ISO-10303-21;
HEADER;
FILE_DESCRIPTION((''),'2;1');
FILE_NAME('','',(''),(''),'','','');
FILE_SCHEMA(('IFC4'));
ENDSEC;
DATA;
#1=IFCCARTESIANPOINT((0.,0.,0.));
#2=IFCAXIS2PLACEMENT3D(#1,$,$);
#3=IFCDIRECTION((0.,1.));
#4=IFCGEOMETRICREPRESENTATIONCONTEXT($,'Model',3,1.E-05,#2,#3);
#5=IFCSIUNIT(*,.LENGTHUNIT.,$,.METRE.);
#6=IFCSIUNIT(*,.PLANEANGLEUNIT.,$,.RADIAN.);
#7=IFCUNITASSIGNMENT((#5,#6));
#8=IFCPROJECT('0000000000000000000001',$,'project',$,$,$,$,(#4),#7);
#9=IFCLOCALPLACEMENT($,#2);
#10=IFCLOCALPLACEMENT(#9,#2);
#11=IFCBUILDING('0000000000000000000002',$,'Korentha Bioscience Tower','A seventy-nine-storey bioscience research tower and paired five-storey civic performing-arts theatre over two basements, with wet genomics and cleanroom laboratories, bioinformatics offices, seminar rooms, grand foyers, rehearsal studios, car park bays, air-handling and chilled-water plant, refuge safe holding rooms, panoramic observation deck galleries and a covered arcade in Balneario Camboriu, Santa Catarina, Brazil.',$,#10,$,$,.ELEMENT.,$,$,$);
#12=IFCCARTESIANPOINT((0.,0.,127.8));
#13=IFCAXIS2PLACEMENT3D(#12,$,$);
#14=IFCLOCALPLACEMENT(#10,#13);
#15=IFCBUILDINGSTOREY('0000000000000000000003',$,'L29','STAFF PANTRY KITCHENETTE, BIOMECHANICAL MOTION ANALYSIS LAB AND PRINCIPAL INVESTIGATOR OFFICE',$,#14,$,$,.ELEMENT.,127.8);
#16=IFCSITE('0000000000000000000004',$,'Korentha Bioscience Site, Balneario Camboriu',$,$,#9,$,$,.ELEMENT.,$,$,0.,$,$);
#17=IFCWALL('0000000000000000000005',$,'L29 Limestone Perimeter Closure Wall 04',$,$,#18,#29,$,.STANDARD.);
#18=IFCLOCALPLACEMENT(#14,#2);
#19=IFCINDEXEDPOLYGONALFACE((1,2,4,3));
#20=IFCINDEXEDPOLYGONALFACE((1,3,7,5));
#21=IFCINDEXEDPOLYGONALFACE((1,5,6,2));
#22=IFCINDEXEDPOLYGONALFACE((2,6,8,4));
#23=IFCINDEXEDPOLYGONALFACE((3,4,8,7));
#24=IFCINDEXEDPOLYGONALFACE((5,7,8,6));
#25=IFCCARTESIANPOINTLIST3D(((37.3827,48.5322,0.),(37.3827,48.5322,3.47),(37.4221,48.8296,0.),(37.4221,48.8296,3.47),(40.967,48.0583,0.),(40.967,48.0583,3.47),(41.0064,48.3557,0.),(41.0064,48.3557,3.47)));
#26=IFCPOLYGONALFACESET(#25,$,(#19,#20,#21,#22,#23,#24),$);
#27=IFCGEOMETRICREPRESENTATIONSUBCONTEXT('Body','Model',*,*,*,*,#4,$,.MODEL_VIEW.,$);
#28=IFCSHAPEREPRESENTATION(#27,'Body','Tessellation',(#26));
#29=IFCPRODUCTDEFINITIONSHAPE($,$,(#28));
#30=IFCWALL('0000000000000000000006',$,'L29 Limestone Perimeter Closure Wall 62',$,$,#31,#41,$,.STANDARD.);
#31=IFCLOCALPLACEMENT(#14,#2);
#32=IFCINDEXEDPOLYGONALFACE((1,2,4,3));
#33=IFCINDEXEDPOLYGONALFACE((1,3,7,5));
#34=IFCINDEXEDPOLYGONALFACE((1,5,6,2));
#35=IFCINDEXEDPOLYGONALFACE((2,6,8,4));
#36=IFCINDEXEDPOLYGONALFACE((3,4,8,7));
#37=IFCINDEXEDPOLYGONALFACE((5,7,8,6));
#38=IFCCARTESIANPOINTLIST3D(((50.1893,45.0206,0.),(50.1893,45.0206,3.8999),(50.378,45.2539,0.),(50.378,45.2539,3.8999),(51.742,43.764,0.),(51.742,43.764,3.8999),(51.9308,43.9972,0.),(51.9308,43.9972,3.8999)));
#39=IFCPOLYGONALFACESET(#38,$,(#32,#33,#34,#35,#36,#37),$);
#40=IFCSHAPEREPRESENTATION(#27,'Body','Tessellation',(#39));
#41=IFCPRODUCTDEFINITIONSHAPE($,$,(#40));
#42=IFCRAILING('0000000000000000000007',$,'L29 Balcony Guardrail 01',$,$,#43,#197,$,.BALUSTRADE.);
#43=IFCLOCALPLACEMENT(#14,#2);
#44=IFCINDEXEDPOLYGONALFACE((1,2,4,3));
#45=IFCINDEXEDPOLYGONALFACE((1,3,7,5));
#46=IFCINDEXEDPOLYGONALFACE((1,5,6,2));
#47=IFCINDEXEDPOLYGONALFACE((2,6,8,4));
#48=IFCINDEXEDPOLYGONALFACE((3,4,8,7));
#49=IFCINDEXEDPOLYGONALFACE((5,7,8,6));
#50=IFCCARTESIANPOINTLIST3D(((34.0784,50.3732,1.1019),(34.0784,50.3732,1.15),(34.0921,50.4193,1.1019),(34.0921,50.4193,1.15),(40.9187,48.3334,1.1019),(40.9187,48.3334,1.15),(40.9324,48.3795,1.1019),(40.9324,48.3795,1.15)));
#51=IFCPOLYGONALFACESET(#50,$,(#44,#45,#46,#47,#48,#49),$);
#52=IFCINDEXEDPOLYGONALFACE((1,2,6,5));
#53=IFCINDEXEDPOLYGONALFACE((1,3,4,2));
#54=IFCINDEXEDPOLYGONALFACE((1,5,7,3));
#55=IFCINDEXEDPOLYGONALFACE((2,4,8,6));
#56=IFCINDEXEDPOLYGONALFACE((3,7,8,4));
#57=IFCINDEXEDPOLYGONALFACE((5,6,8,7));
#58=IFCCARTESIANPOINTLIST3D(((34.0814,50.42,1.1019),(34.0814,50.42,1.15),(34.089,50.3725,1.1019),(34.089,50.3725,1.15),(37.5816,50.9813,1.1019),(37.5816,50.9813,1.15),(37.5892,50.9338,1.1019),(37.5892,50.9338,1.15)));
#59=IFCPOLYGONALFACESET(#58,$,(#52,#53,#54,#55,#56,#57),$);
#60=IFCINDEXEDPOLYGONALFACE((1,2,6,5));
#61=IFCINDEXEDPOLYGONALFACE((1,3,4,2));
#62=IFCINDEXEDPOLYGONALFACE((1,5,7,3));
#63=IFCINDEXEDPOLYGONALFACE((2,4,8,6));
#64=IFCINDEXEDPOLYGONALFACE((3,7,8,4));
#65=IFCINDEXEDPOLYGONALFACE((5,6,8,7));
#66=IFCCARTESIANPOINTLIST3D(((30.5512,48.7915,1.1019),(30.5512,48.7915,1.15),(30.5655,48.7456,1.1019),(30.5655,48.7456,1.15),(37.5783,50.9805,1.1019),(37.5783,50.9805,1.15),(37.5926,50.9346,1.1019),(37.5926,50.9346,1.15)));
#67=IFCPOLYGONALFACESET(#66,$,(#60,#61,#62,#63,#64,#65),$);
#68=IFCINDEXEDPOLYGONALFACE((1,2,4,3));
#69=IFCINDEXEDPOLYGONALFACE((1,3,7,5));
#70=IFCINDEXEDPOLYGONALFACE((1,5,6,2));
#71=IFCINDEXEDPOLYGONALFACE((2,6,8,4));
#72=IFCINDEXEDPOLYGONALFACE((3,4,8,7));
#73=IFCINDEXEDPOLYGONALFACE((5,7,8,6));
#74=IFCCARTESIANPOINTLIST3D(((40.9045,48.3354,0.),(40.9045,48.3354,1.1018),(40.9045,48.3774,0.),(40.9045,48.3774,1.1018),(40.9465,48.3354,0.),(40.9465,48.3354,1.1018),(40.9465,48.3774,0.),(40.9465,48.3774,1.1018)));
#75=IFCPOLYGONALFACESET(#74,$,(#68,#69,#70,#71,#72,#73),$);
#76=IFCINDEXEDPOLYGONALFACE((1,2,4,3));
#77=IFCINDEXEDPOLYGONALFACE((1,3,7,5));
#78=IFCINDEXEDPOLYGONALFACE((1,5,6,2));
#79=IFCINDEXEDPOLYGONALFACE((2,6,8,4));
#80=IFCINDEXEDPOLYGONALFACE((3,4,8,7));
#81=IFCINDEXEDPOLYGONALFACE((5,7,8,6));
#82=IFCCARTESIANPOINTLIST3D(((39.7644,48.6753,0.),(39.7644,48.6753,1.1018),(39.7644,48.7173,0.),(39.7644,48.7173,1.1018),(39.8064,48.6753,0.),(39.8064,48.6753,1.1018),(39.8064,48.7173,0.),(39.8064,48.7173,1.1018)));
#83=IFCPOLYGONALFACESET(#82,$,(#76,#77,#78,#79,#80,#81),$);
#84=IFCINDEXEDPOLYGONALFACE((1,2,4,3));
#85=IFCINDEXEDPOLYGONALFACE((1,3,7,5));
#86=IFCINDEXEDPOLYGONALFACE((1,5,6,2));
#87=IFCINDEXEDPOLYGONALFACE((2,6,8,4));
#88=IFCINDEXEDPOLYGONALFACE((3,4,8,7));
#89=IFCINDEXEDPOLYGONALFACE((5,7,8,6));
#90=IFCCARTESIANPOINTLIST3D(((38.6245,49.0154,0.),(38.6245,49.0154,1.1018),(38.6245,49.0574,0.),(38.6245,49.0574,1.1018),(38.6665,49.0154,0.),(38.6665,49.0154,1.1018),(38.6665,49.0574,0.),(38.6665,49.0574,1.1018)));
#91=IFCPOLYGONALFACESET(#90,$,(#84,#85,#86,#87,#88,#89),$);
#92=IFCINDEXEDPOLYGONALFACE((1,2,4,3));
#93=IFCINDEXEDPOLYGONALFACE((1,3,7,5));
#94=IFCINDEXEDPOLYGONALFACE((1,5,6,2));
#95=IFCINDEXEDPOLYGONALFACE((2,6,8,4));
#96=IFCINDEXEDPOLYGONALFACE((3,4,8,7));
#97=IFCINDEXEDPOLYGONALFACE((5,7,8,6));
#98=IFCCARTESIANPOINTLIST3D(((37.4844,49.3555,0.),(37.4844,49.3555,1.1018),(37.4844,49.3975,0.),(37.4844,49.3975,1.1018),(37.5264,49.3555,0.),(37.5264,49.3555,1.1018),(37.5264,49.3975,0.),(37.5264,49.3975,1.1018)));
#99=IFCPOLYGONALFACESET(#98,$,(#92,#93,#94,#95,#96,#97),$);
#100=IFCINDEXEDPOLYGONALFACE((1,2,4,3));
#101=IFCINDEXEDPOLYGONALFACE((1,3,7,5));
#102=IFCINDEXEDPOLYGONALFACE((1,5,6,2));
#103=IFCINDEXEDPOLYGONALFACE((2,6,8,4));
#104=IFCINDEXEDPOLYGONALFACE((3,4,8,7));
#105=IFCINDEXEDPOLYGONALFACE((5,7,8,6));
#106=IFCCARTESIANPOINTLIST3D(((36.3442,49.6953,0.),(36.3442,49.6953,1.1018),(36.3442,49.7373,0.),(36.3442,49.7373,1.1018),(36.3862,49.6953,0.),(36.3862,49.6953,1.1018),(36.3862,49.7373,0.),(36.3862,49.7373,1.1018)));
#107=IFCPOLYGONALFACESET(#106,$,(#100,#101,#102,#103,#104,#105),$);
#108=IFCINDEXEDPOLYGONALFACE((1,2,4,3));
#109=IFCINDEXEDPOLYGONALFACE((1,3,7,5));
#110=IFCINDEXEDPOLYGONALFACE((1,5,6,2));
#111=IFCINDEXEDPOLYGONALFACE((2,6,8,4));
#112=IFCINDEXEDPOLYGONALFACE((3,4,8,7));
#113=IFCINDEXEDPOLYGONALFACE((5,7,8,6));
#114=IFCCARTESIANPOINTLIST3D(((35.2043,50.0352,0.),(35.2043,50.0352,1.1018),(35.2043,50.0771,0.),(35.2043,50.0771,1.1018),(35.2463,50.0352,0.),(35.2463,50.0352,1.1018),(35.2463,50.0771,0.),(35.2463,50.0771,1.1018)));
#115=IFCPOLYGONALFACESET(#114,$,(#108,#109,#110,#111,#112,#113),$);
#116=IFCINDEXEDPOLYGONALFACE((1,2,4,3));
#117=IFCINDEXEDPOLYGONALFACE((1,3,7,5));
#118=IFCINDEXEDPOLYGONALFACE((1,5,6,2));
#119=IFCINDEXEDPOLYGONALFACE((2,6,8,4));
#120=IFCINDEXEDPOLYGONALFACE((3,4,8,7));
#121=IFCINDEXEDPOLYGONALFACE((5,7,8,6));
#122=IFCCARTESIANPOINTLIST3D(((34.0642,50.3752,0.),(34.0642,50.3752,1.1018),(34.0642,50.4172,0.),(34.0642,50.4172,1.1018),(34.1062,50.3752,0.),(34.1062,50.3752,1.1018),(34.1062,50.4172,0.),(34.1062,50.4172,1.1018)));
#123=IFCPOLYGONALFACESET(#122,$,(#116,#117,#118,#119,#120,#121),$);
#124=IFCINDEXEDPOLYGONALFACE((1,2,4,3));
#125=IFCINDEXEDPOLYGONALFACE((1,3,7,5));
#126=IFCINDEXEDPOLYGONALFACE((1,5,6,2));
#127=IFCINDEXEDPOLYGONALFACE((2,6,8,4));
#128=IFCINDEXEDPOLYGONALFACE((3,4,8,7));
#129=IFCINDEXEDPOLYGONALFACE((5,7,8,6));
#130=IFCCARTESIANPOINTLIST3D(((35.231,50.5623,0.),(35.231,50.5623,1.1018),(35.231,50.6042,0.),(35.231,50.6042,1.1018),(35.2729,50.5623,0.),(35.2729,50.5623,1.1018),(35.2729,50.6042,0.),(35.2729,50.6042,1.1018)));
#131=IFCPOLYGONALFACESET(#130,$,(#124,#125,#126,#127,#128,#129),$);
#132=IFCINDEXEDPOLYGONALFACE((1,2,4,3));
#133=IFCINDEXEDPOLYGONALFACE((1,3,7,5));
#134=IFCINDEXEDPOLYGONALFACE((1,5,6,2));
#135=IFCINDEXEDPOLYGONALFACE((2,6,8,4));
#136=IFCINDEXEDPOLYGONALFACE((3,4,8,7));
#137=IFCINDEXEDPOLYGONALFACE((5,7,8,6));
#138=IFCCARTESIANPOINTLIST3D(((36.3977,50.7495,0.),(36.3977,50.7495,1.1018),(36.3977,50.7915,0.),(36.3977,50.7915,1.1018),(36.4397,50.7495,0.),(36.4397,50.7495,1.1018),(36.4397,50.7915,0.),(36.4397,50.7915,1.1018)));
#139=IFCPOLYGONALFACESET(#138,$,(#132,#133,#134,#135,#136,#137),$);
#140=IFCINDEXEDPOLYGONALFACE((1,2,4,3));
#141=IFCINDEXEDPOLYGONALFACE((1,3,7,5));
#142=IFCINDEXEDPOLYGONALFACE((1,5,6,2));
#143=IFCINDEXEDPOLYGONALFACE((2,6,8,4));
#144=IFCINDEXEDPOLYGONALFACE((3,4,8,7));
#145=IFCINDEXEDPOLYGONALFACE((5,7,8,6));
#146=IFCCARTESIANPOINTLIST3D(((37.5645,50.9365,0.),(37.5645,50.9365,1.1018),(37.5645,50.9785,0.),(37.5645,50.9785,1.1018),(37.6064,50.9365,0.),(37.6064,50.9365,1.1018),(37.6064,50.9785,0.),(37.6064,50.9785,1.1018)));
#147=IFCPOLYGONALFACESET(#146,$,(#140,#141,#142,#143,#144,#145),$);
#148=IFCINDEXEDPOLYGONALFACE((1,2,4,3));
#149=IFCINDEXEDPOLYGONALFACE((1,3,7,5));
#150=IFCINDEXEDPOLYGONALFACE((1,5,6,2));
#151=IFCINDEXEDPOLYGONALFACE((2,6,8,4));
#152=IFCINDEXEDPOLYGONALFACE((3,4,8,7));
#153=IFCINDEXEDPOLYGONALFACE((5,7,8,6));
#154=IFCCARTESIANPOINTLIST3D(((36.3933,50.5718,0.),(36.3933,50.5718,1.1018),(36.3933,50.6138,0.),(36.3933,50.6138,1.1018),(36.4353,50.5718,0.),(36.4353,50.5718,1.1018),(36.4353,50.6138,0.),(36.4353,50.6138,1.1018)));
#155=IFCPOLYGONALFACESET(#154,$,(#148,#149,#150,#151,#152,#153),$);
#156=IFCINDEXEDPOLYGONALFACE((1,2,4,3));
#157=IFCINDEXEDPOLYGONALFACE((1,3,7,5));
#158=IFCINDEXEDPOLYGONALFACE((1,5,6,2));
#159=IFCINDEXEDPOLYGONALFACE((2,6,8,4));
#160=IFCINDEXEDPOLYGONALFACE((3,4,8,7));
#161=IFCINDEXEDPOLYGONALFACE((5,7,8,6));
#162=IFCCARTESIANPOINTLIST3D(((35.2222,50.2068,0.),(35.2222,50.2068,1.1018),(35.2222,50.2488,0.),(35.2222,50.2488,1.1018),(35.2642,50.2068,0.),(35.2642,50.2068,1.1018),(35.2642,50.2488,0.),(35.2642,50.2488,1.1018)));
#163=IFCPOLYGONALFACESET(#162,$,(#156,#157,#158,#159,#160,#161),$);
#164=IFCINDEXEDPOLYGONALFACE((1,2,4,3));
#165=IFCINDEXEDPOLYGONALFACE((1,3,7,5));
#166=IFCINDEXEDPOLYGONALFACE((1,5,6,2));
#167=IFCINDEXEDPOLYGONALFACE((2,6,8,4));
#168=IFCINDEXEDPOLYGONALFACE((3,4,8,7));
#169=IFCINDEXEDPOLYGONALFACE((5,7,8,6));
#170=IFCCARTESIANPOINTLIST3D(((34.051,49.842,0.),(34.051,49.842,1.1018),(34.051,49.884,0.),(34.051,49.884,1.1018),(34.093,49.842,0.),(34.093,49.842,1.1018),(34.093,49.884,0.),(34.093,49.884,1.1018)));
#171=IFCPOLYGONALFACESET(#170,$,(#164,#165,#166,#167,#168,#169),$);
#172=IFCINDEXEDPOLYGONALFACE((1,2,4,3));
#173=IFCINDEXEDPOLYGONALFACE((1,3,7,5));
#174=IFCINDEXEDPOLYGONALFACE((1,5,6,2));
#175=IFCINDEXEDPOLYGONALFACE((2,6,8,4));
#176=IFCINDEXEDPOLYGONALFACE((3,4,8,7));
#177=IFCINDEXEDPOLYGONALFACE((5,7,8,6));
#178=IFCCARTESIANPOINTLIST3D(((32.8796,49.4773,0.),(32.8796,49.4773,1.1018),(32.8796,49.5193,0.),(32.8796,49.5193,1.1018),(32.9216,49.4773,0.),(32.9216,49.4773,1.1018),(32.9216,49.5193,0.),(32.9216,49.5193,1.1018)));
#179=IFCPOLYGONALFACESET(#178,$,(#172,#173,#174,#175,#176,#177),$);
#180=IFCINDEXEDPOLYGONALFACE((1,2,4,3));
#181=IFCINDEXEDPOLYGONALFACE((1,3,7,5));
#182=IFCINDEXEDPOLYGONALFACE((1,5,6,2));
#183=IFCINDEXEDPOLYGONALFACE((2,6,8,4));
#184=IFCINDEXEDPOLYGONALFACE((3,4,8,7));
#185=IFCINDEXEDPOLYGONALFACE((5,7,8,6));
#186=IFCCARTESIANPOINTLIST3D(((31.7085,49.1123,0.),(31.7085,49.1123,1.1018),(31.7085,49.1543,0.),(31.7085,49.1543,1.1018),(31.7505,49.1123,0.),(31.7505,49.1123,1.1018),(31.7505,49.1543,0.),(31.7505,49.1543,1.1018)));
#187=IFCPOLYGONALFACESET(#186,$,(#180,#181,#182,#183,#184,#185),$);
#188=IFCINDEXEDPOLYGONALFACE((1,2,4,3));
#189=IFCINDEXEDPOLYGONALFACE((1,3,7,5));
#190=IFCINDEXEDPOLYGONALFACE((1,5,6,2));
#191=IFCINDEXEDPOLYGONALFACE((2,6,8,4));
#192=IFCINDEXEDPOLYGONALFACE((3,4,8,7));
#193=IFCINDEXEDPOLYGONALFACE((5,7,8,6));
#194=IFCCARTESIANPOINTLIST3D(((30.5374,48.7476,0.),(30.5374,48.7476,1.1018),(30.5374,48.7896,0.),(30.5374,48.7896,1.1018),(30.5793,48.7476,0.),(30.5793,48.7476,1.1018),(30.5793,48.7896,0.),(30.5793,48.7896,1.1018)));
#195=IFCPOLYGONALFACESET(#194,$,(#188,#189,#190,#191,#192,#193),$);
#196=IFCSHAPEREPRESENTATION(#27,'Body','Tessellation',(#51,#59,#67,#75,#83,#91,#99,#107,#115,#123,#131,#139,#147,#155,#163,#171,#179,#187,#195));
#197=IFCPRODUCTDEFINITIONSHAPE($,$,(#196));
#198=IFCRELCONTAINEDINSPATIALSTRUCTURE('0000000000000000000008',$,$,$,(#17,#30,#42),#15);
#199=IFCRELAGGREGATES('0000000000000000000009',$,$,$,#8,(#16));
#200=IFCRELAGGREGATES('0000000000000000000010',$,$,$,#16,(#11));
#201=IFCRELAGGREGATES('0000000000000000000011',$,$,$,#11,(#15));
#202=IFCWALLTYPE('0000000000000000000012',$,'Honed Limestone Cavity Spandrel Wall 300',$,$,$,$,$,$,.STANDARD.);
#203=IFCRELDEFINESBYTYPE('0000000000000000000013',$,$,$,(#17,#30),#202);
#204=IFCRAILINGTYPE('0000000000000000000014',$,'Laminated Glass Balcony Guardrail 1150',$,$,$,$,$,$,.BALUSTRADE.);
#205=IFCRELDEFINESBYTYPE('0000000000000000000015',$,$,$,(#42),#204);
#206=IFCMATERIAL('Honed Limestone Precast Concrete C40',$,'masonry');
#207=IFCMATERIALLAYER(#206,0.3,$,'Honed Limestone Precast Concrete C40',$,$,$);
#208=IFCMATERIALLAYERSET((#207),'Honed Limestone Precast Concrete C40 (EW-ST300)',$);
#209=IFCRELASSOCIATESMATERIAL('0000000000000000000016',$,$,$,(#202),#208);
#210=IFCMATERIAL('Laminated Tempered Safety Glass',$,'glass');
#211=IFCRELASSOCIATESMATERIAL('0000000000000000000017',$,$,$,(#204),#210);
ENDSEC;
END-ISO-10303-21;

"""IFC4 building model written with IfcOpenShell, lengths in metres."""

from ifc_helpers import new_model, si_unit, direction, frame, frame_2d, origin, origin_2d, place, context, subcontext, project, spatial, rectangle, extrude, material, layer, layer_set, type_object, element, save


model = new_model("IFC4")

# Units and contexts
model_context = context("Model", 3, precision=1e-05, world=origin(), true_north=direction((0.0, 1.0)))
body_context = subcontext(model_context, "Body", "Model", "MODEL_VIEW")
ifc_project = project(units=[si_unit("LENGTHUNIT", "METRE"), si_unit("PLANEANGLEUNIT", "RADIAN")], contexts=[model_context])

# Site, building, storey
site_placement = place(None, origin())
site = spatial("IfcSite", under=ifc_project, at=site_placement, Name="Korentha Bioscience Site, Balneario Camboriu", CompositionType="ELEMENT", RefElevation=0.0)
building_placement = place(site_placement, origin())
building = spatial("IfcBuilding", under=site, at=building_placement, Name="Korentha Bioscience Tower", Description="A seventy-nine-storey bioscience research tower and paired five-storey civic performing-arts theatre over two basements, with wet genomics and cleanroom laboratories, bioinformatics offices, seminar rooms, grand foyers, rehearsal studios, car park bays, air-handling and chilled-water plant, refuge safe holding rooms, panoramic observation deck galleries and a covered arcade in Balneario Camboriu, Santa Catarina, Brazil.", CompositionType="ELEMENT")
storey_placement = place(building_placement, frame((0.0, 0.0, 127.8)))
storey = spatial("IfcBuildingStorey", under=building, at=storey_placement, Name="L29", Description="STAFF PANTRY KITCHENETTE, BIOMECHANICAL MOTION ANALYSIS LAB AND PRINCIPAL INVESTIGATOR OFFICE", CompositionType="ELEMENT", Elevation=127.8)

# Shared definitions
ifc_material_1 = material(Name="Honed Limestone Precast Concrete C40", Category="masonry")
ifc_layer_1 = layer(ifc_material_1, 0.3, Name="Honed Limestone Precast Concrete C40")
ifc_layer_set_1 = layer_set([ifc_layer_1], Name="Honed Limestone Precast Concrete C40 (EW-ST300)")
wall_type_1 = type_object("IfcWallType", Name="Honed Limestone Cavity Spandrel Wall 300", PredefinedType="STANDARD", material=ifc_layer_set_1)

# Walls
wall_1_placement = place(storey_placement, frame((40.9866, 48.207, 0.0), z_axis=(0.0, 0.0, 1.0), x_axis=(-0.991373, 0.131071, 0.0)))
element("IfcWall", 1, at=wall_1_placement, inside=storey, type_object=wall_type_1, Name="L29 Limestone Perimeter Closure Wall 04", PredefinedType="STANDARD", context=body_context, shape_type="SweptSolid", body=[
    extrude(rectangle(XDim=3.6155, YDim=0.3, at=frame_2d((1.8076, 0.0))), origin(), (0.0, 0.0, 1.0), 3.47),
])
wall_2_placement = place(storey_placement, frame((51.8364, 43.8806, 0.0), z_axis=(0.0, 0.0, 1.0), x_axis=(-0.777339, 0.629082, 0.0)))
element("IfcWall", 2, at=wall_2_placement, inside=storey, type_object=wall_type_1, Name="L29 Limestone Perimeter Closure Wall 62", PredefinedType="STANDARD", context=body_context, shape_type="SweptSolid", body=[
    extrude(rectangle(XDim=1.9976, YDim=0.3, at=frame_2d((0.9988, 0.0))), origin(), (0.0, 0.0, 1.0), 3.8999),
])

# Railing
ifc_material_2 = material(Name="Laminated Tempered Safety Glass", Category="glass")
railing_type = type_object("IfcRailingType", Name="Laminated Glass Balcony Guardrail 1150", PredefinedType="BALUSTRADE", material=ifc_material_2)
railing_placement = place(storey_placement, frame((40.9255, 48.3564, 0.0)))
element("IfcRailing", 3, at=railing_placement, inside=storey, type_object=railing_type, Name="L29 Balcony Guardrail 01", PredefinedType="BALUSTRADE", context=body_context, shape_type="SweptSolid", body=[
    extrude(rectangle(XDim=0.0481, YDim=0.0481, at=origin_2d()), frame((0.0, 0.0, 1.126), z_axis=(-0.958299, 0.285766, 0.0), x_axis=(-0.285766, -0.958299, 0.0)), (0.0, 0.0, 1.0), 7.1379),
    extrude(rectangle(XDim=0.0481, YDim=0.0481, at=origin_2d()), frame((-6.8403, 2.0398, 1.126), z_axis=(0.987386, 0.158332, 0.0), x_axis=(-0.158332, 0.987386, 0.0)), (0.0, 0.0, 1.0), 3.5449),
    extrude(rectangle(XDim=0.0481, YDim=0.0481, at=origin_2d()), frame((-3.3401, 2.6011, 1.126), z_axis=(-0.95475, -0.297408, 0.0), x_axis=(0.297408, -0.95475, 0.0)), (0.0, 0.0, 1.0), 7.3601),
    extrude(rectangle(XDim=0.042, YDim=0.042, at=origin_2d()), origin(), (0.0, 0.0, 1.0), 1.1018),
    extrude(rectangle(XDim=0.042, YDim=0.042, at=origin_2d()), frame((-1.1401, 0.3398, 0.0)), (0.0, 0.0, 1.0), 1.1018),
    extrude(rectangle(XDim=0.042, YDim=0.042, at=origin_2d()), frame((-2.28, 0.6799, 0.0)), (0.0, 0.0, 1.0), 1.1018),
    extrude(rectangle(XDim=0.042, YDim=0.042, at=origin_2d()), frame((-3.4202, 1.02, 0.0)), (0.0, 0.0, 1.0), 1.1018),
    extrude(rectangle(XDim=0.042, YDim=0.042, at=origin_2d()), frame((-4.5603, 1.3599, 0.0)), (0.0, 0.0, 1.0), 1.1018),
    extrude(rectangle(XDim=0.042, YDim=0.042, at=origin_2d()), frame((-5.7002, 1.6997, 0.0)), (0.0, 0.0, 1.0), 1.1018),
    extrude(rectangle(XDim=0.042, YDim=0.042, at=origin_2d()), frame((-6.8403, 2.0398, 0.0)), (0.0, 0.0, 1.0), 1.1018),
    extrude(rectangle(XDim=0.042, YDim=0.042, at=origin_2d()), frame((-5.6736, 2.2268, 0.0)), (0.0, 0.0, 1.0), 1.1018),
    extrude(rectangle(XDim=0.042, YDim=0.042, at=origin_2d()), frame((-4.5068, 2.4141, 0.0)), (0.0, 0.0, 1.0), 1.1018),
    extrude(rectangle(XDim=0.042, YDim=0.042, at=origin_2d()), frame((-3.3401, 2.6011, 0.0)), (0.0, 0.0, 1.0), 1.1018),
    extrude(rectangle(XDim=0.042, YDim=0.042, at=origin_2d()), frame((-4.5112, 2.2363, 0.0)), (0.0, 0.0, 1.0), 1.1018),
    extrude(rectangle(XDim=0.042, YDim=0.042, at=origin_2d()), frame((-5.6824, 1.8713, 0.0)), (0.0, 0.0, 1.0), 1.1018),
    extrude(rectangle(XDim=0.042, YDim=0.042, at=origin_2d()), frame((-6.8535, 1.5066, 0.0)), (0.0, 0.0, 1.0), 1.1018),
    extrude(rectangle(XDim=0.042, YDim=0.042, at=origin_2d()), frame((-8.0249, 1.1418, 0.0)), (0.0, 0.0, 1.0), 1.1018),
    extrude(rectangle(XDim=0.042, YDim=0.042, at=origin_2d()), frame((-9.196, 0.7769, 0.0)), (0.0, 0.0, 1.0), 1.1018),
    extrude(rectangle(XDim=0.042, YDim=0.042, at=origin_2d()), frame((-10.3672, 0.4121, 0.0)), (0.0, 0.0, 1.0), 1.1018),
])

save(model, "model.ifc")
